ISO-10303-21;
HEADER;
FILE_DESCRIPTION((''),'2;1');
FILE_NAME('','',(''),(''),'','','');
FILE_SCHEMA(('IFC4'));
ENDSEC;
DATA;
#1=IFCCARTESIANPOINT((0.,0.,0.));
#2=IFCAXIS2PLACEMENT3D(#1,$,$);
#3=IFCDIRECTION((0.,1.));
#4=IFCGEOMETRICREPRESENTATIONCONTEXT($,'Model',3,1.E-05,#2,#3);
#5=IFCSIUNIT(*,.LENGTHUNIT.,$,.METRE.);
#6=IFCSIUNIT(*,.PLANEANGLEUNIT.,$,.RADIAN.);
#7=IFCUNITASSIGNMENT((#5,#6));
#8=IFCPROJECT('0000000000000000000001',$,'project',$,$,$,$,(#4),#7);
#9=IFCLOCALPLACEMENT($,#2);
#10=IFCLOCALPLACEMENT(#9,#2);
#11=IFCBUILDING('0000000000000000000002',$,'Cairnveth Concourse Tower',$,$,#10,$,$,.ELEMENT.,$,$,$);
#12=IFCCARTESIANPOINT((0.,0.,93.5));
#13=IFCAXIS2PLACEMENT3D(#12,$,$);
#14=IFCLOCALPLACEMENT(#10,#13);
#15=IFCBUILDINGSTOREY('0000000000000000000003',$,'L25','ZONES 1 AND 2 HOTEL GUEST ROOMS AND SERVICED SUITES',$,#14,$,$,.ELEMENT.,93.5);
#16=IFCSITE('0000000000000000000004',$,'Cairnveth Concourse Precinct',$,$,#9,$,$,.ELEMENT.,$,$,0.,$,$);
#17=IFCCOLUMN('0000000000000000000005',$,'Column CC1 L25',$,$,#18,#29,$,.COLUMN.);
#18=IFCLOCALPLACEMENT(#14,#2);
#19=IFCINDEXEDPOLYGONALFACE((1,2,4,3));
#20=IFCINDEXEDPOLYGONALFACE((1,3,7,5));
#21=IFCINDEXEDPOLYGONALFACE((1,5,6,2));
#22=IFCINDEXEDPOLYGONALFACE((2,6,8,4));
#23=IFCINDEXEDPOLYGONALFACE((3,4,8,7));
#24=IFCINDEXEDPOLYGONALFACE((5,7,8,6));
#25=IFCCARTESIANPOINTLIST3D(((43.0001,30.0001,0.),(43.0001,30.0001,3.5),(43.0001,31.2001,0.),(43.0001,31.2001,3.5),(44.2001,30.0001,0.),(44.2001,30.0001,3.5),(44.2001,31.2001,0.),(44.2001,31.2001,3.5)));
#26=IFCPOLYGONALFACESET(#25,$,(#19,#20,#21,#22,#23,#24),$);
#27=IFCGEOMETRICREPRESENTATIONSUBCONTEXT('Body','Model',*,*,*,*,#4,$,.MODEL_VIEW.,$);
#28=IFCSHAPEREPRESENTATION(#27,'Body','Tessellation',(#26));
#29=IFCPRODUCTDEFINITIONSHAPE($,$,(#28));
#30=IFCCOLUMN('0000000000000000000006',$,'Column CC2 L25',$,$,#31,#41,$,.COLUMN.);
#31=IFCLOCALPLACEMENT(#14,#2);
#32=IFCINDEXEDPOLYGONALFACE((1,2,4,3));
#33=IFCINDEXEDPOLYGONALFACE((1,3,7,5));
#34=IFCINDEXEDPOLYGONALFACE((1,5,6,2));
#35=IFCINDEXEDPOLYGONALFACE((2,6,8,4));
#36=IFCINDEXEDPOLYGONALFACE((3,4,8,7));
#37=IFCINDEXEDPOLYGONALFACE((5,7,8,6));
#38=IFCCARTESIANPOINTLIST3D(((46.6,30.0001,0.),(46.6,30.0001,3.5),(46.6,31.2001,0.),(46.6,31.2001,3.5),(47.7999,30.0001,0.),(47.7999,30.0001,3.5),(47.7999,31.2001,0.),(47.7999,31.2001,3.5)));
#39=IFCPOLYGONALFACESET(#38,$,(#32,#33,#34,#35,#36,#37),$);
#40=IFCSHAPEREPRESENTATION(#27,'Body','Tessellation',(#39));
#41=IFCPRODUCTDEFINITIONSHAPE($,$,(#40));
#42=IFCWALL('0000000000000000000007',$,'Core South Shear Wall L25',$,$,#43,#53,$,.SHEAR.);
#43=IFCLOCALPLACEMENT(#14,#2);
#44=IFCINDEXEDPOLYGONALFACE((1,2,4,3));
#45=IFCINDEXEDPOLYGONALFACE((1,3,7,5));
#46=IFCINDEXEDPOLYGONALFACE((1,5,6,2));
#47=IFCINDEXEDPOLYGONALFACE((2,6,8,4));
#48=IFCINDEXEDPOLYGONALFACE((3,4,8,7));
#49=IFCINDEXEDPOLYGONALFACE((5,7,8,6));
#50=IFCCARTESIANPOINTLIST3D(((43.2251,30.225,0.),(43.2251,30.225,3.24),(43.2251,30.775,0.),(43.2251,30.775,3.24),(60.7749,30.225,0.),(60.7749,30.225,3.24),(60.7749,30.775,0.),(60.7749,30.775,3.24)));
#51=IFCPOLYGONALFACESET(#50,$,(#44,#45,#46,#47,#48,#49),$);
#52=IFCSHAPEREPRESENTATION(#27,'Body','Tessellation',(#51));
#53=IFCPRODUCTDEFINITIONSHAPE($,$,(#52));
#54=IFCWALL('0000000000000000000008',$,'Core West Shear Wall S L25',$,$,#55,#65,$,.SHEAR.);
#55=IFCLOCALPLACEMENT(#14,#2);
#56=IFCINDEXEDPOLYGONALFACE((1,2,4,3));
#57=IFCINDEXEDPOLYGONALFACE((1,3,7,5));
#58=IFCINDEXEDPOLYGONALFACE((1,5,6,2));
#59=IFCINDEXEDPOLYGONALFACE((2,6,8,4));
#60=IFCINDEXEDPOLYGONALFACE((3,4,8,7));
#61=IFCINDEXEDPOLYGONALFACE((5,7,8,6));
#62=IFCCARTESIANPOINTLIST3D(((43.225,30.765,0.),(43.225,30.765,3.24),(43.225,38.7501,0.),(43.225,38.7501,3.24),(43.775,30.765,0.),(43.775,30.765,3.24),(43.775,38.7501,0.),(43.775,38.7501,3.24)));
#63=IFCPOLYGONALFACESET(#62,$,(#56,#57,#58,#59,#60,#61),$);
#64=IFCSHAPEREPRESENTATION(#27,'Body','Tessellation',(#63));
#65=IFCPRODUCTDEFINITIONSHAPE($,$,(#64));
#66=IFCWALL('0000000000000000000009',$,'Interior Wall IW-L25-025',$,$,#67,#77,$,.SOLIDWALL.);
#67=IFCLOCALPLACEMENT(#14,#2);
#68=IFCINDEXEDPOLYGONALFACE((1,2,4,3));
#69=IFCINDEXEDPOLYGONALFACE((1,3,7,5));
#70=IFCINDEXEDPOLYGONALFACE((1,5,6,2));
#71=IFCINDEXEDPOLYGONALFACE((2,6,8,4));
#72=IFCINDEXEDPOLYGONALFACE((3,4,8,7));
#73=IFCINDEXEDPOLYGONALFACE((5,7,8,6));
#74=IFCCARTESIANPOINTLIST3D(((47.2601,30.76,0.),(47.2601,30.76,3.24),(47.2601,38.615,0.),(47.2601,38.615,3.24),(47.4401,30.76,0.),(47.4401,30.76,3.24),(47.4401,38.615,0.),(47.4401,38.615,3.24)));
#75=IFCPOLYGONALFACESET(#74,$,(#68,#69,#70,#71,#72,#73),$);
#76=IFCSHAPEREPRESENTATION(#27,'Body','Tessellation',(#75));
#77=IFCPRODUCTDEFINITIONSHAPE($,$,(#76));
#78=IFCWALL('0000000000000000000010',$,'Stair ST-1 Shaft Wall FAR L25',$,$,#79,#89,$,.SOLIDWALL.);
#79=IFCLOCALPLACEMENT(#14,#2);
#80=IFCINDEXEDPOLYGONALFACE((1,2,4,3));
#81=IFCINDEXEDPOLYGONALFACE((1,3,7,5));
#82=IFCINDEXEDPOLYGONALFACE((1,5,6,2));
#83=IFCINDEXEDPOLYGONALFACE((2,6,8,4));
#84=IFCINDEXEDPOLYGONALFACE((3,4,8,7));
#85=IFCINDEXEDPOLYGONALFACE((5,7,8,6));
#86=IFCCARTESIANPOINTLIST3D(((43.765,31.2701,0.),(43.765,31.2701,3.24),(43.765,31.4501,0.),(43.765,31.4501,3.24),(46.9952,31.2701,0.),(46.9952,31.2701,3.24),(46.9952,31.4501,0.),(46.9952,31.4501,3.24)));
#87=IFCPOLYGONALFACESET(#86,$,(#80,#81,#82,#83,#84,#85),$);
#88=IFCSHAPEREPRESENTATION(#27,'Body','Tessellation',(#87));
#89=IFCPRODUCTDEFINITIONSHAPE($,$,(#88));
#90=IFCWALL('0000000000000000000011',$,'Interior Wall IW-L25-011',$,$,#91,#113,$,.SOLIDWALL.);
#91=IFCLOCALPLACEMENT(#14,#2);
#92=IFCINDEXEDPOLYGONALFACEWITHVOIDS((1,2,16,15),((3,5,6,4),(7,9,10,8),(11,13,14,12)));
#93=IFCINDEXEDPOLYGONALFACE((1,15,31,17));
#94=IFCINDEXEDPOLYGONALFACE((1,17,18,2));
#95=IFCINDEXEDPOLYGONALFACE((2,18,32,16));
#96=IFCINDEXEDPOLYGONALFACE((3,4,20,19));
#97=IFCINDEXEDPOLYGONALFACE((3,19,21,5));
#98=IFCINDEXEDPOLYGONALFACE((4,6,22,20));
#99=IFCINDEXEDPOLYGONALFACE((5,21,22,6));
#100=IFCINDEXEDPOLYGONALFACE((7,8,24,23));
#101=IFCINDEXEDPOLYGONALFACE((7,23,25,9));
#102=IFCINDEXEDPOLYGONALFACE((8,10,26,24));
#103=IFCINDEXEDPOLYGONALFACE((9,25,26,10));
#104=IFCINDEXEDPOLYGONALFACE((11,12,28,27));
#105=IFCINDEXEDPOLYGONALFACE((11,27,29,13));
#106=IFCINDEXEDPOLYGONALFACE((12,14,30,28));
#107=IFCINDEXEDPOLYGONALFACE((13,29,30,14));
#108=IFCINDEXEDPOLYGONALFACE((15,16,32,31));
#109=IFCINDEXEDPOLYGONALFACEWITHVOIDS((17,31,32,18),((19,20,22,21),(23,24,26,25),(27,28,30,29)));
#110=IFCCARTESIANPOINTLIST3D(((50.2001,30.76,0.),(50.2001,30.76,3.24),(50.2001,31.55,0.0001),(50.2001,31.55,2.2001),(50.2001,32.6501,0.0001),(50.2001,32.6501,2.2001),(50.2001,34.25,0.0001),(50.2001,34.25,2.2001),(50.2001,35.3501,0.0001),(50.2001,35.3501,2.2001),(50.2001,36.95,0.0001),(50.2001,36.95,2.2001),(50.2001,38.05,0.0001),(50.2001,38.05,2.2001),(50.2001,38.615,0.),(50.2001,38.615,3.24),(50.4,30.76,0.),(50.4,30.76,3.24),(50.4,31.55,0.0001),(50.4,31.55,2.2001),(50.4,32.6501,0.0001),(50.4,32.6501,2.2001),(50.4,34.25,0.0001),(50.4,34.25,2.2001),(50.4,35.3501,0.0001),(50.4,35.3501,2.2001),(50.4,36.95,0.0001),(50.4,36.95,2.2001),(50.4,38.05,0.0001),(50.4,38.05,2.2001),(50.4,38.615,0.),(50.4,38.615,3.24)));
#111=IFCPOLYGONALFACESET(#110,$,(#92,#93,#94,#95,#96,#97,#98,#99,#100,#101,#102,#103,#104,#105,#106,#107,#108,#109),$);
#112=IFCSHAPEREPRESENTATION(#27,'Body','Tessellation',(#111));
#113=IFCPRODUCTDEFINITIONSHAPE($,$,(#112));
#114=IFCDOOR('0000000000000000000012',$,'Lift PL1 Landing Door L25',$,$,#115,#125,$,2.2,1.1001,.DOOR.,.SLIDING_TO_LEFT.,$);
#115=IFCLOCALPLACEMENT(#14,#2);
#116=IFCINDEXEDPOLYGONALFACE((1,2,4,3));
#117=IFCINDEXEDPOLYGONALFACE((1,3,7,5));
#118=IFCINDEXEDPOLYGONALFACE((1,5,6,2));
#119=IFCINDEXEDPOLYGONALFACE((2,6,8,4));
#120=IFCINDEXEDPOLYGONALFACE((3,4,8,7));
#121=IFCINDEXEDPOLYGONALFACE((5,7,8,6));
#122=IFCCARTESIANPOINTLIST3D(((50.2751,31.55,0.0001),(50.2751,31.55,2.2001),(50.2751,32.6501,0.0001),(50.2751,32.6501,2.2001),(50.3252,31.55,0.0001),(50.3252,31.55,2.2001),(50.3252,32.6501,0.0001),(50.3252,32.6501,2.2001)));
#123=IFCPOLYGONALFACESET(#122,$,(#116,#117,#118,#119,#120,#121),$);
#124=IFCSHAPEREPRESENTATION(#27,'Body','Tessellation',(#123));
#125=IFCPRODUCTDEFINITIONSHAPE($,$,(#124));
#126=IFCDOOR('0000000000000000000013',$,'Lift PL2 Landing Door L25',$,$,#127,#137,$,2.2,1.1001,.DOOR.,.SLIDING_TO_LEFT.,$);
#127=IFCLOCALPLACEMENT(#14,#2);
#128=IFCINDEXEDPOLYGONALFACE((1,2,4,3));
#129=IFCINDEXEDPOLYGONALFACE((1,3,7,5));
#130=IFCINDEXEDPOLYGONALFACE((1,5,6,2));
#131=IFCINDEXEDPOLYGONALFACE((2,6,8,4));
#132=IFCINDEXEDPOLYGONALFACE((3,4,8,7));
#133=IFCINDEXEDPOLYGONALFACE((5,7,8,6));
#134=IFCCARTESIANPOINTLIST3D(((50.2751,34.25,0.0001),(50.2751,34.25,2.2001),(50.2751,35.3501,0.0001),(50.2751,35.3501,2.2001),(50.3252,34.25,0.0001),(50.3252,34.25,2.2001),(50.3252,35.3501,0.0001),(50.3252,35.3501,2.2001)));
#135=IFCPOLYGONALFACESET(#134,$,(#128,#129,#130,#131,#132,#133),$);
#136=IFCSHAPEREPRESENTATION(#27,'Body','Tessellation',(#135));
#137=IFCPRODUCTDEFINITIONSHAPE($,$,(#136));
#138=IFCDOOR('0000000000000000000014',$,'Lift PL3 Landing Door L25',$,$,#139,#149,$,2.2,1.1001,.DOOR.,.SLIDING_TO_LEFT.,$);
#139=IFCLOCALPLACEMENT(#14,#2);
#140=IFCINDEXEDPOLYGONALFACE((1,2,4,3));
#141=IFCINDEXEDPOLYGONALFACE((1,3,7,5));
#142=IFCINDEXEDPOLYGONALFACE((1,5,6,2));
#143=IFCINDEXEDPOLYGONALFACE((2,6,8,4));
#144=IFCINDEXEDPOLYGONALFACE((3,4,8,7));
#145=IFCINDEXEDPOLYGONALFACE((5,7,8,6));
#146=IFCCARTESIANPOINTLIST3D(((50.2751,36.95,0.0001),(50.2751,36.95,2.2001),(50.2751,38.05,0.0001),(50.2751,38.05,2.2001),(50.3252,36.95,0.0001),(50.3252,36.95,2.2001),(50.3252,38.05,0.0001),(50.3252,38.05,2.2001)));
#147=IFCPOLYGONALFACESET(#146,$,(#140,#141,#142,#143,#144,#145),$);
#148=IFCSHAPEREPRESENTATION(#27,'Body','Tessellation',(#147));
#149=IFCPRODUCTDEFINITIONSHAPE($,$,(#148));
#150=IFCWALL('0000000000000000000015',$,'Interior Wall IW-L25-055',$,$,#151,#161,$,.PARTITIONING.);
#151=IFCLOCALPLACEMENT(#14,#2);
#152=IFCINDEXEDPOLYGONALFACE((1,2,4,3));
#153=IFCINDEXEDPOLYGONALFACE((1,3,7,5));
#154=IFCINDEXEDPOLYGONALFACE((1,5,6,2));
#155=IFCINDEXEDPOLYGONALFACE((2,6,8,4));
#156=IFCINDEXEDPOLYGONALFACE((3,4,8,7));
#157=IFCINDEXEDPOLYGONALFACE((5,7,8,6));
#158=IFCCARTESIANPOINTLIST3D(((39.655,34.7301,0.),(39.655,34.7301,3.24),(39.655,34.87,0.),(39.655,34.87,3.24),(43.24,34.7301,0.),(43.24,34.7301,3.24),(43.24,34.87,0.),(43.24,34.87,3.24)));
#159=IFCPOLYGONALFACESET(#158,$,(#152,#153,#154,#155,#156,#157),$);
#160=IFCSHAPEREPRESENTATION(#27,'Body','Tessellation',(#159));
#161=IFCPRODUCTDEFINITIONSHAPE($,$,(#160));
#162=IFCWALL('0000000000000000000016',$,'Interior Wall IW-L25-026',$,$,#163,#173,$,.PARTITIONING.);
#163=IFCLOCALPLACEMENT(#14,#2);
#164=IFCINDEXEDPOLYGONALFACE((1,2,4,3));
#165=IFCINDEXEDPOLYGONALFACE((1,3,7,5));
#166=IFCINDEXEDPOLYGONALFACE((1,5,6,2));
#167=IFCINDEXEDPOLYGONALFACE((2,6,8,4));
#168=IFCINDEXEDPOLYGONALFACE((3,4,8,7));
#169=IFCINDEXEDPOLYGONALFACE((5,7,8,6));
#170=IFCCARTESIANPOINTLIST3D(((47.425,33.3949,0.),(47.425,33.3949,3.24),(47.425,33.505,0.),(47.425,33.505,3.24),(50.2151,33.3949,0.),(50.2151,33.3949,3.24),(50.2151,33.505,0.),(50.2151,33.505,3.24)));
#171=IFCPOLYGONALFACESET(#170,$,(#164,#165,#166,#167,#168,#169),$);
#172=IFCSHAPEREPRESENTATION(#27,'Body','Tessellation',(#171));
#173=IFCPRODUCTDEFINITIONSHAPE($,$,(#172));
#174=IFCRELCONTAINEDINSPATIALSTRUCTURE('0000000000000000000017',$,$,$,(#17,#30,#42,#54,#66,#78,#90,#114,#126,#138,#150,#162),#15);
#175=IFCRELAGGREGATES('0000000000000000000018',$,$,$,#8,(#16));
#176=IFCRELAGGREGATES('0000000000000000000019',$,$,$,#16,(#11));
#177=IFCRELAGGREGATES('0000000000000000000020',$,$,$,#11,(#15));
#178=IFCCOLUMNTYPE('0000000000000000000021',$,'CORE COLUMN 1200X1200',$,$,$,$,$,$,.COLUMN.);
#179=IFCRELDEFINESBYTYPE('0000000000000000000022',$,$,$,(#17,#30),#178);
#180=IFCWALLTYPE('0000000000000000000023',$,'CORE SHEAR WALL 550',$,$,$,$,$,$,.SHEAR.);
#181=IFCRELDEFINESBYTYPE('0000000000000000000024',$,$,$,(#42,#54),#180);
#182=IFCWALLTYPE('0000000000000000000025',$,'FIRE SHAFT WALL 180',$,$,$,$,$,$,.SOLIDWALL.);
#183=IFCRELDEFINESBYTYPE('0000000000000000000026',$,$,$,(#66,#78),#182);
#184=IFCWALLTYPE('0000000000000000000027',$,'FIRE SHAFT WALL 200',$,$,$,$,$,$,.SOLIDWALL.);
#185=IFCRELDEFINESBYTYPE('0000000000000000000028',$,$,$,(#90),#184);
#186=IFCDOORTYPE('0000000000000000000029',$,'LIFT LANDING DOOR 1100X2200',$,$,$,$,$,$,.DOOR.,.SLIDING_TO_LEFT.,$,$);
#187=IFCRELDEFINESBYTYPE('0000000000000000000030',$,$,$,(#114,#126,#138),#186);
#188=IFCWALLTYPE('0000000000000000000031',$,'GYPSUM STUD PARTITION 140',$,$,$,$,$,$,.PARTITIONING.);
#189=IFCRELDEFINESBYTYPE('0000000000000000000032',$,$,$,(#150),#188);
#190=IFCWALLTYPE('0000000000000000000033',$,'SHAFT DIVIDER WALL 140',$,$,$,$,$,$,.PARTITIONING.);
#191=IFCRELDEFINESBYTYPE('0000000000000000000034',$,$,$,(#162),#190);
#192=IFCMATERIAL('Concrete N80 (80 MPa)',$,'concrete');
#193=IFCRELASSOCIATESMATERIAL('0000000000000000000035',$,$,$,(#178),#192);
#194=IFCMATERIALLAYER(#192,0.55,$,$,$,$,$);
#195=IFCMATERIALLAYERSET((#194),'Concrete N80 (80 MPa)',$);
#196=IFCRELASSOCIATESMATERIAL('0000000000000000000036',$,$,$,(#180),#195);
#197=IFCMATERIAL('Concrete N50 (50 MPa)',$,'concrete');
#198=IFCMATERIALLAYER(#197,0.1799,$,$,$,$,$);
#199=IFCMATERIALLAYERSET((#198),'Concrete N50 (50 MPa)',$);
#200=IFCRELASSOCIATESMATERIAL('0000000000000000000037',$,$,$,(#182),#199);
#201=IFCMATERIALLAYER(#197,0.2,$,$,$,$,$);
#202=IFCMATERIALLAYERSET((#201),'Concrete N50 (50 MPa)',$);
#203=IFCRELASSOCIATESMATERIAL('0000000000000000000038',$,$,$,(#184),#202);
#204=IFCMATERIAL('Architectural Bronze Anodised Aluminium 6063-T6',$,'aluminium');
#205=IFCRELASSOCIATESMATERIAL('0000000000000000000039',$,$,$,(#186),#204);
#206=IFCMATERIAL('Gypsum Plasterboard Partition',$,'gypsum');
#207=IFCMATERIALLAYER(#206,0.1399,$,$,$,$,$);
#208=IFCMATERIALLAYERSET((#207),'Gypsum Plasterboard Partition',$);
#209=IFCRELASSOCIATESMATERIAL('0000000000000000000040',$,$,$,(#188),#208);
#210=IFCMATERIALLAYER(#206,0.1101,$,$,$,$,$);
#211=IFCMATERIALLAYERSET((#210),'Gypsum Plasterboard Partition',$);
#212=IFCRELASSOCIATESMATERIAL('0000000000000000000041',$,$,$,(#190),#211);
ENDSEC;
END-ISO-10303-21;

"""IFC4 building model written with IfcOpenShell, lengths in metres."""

from ifc_helpers import new_model, si_unit, direction, frame, frame_2d, origin, origin_2d, place, context, subcontext, project, spatial, rectangle, extrude, material, layer, layer_set, material_profile, profile_set, type_object, element, fill, save


model = new_model("IFC4")

# Units and contexts
model_context = context("Model", 3, precision=1e-05, world=origin(), true_north=direction((0.0, 1.0)))
body_context = subcontext(model_context, "Body", "Model", "MODEL_VIEW")
ifc_project = project(units=[si_unit("LENGTHUNIT", "METRE"), si_unit("PLANEANGLEUNIT", "RADIAN")], contexts=[model_context])

# Site, building, storey
site_placement = place(None, origin())
site = spatial("IfcSite", under=ifc_project, at=site_placement, Name="Cairnveth Concourse Precinct", CompositionType="ELEMENT", RefElevation=0.0)
building_placement = place(site_placement, origin())
building = spatial("IfcBuilding", under=site, at=building_placement, Name="Cairnveth Concourse Tower", CompositionType="ELEMENT")
storey_placement = place(building_placement, frame((0.0, 0.0, 93.5)))
storey = spatial("IfcBuildingStorey", under=building, at=storey_placement, Name="L25", Description="ZONES 1 AND 2 HOTEL GUEST ROOMS AND SERVICED SUITES", CompositionType="ELEMENT", Elevation=93.5)

# Columns
ifc_material_1 = material(Name="Concrete N80 (80 MPa)", Category="concrete")
ifc_material_profile = material_profile(ifc_material_1, rectangle(XDim=1.2, YDim=1.2, at=origin_2d()), Name="RC-COL-1200x1200")
ifc_profile_set = profile_set([ifc_material_profile], Name="Concrete N80 (80 MPa)")
column_type = type_object("IfcColumnType", Name="CORE COLUMN 1200X1200", PredefinedType="COLUMN", material=ifc_profile_set)
for number, where, z_axis, x_axis, name in (
    (1, (43.6001, 30.6001, 0.0), (0.0, 0.0, 1.0), (1.0, 0.0, 0.0), "Column CC1 L25"),
    (2, (47.2, 30.6001, 0.0), (0.0, 0.0, 1.0), (1.0, 0.0, 0.0), "Column CC2 L25"),
):
    element("IfcColumn", number, at=place(storey_placement, frame(where, z_axis=z_axis, x_axis=x_axis)), inside=storey, type_object=column_type, Name=name, PredefinedType="COLUMN", context=body_context, shape_type="SweptSolid", body=[
        extrude(rectangle(XDim=1.2, YDim=1.2, at=origin_2d()), origin(), (0.0, 0.0, 1.0), 3.5),
    ])

# Walls
ifc_layer_1 = layer(ifc_material_1, 0.55)
ifc_layer_set_1 = layer_set([ifc_layer_1], Name="Concrete N80 (80 MPa)")
wall_type_1 = type_object("IfcWallType", Name="CORE SHEAR WALL 550", PredefinedType="SHEAR", material=ifc_layer_set_1)
wall_1_placement = place(storey_placement, frame((43.2251, 30.5, 0.0), z_axis=(0.0, 0.0, 1.0), x_axis=(1.0, 0.0, 0.0)))
element("IfcWall", 3, at=wall_1_placement, inside=storey, type_object=wall_type_1, Name="Core South Shear Wall L25", PredefinedType="SHEAR", context=body_context, shape_type="SweptSolid", body=[
    extrude(rectangle(XDim=17.5498, YDim=0.55, at=frame_2d((8.7749, 0.0))), origin(), (0.0, 0.0, 1.0), 3.24),
])
wall_2_placement = place(storey_placement, frame((43.5, 30.7649, 0.0), z_axis=(0.0, 0.0, 1.0), x_axis=(0.0, 1.0, 0.0)))
element("IfcWall", 4, at=wall_2_placement, inside=storey, type_object=wall_type_1, Name="Core West Shear Wall S L25", PredefinedType="SHEAR", context=body_context, shape_type="SweptSolid", body=[
    extrude(rectangle(XDim=7.9851, YDim=0.55, at=frame_2d((3.9927, 0.0))), origin(), (0.0, 0.0, 1.0), 3.24),
])
ifc_material_2 = material(Name="Concrete N50 (50 MPa)", Category="concrete")
ifc_layer_2 = layer(ifc_material_2, 0.1799)
ifc_layer_set_2 = layer_set([ifc_layer_2], Name="Concrete N50 (50 MPa)")
wall_type_2 = type_object("IfcWallType", Name="FIRE SHAFT WALL 180", PredefinedType="SOLIDWALL", material=ifc_layer_set_2)
wall_3_placement = place(storey_placement, frame((47.3501, 30.76, 0.0), z_axis=(0.0, 0.0, 1.0), x_axis=(0.0, 1.0, 0.0)))
element("IfcWall", 5, at=wall_3_placement, inside=storey, type_object=wall_type_2, Name="Interior Wall IW-L25-025", PredefinedType="SOLIDWALL", context=body_context, shape_type="SweptSolid", body=[
    extrude(rectangle(XDim=7.855, YDim=0.1799, at=frame_2d((3.9275, 0.0))), origin(), (0.0, 0.0, 1.0), 3.24),
])
wall_4_placement = place(storey_placement, frame((43.7649, 31.3601, 0.0), z_axis=(0.0, 0.0, 1.0), x_axis=(1.0, 0.0, 0.0)))
element("IfcWall", 6, at=wall_4_placement, inside=storey, type_object=wall_type_2, Name="Stair ST-1 Shaft Wall FAR L25", PredefinedType="SOLIDWALL", context=body_context, shape_type="SweptSolid", body=[
    extrude(rectangle(XDim=3.2302, YDim=0.1799, at=frame_2d((1.6152, 0.0))), origin(), (0.0, 0.0, 1.0), 3.24),
])

# Wall, openings, doors
ifc_layer_3 = layer(ifc_material_2, 0.2)
ifc_layer_set_3 = layer_set([ifc_layer_3], Name="Concrete N50 (50 MPa)")
wall_type_3 = type_object("IfcWallType", Name="FIRE SHAFT WALL 200", PredefinedType="SOLIDWALL", material=ifc_layer_set_3)
wall_5_placement = place(storey_placement, frame((50.3, 30.76, 0.0), z_axis=(0.0, 0.0, 1.0), x_axis=(0.0, 1.0, 0.0)))
wall_5 = element("IfcWall", 7, at=wall_5_placement, inside=storey, type_object=wall_type_3, Name="Interior Wall IW-L25-011", PredefinedType="SOLIDWALL", context=body_context, shape_type="SweptSolid", body=[
    extrude(rectangle(XDim=7.855, YDim=0.2, at=frame_2d((3.9275, 0.0))), origin(), (0.0, 0.0, 1.0), 3.24),
])
opening_1_placement = place(wall_5_placement, frame((0.79, 0.0, 0.0)))
opening_1 = element("IfcOpeningElement", 8, at=opening_1_placement, cuts=wall_5, PredefinedType="OPENING", context=body_context, shape_type="SweptSolid", body=[
    extrude(rectangle(XDim=1.1001, YDim=2.2, at=frame_2d((0.55, 1.1001))), frame((0.0, 0.1099, 0.0), z_axis=(0.0, -1.0, 0.0), x_axis=(1.0, 0.0, 0.0)), (0.0, 0.0, 1.0), 0.22),
])
opening_2_placement = place(wall_5_placement, frame((3.49, 0.0, 0.0)))
opening_2 = element("IfcOpeningElement", 9, at=opening_2_placement, cuts=wall_5, PredefinedType="OPENING", context=body_context, shape_type="SweptSolid", body=[
    extrude(rectangle(XDim=1.1001, YDim=2.2, at=frame_2d((0.55, 1.1001))), frame((0.0, 0.1099, 0.0), z_axis=(0.0, -1.0, 0.0), x_axis=(1.0, 0.0, 0.0)), (0.0, 0.0, 1.0), 0.22),
])
opening_3_placement = place(wall_5_placement, frame((6.1899, 0.0, 0.0)))
opening_3 = element("IfcOpeningElement", 10, at=opening_3_placement, cuts=wall_5, PredefinedType="OPENING", context=body_context, shape_type="SweptSolid", body=[
    extrude(rectangle(XDim=1.1001, YDim=2.2, at=frame_2d((0.55, 1.1001))), frame((0.0, 0.1099, 0.0), z_axis=(0.0, -1.0, 0.0), x_axis=(1.0, 0.0, 0.0)), (0.0, 0.0, 1.0), 0.22),
])
ifc_material_3 = material(Name="Architectural Bronze Anodised Aluminium 6063-T6", Category="aluminium")
door_type = type_object("IfcDoorType", Name="LIFT LANDING DOOR 1100X2200", OperationType="SLIDING_TO_LEFT", PredefinedType="DOOR", material=ifc_material_3)
door_1_placement = place(opening_1_placement, origin())
door_1 = element("IfcDoor", 11, at=door_1_placement, inside=storey, type_object=door_type, Name="Lift PL1 Landing Door L25", OperationType="SLIDING_TO_LEFT", OverallHeight=2.2, OverallWidth=1.1001, PredefinedType="DOOR", context=body_context, shape_type="SweptSolid", body=[
    extrude(rectangle(XDim=1.1001, YDim=2.2, at=frame_2d((0.55, 1.1001))), frame((0.0, 0.0249, 0.0), z_axis=(0.0, -1.0, 0.0), x_axis=(1.0, 0.0, 0.0)), (0.0, 0.0, 1.0), 0.05),
])
fill(opening_1, door_1)
door_2_placement = place(opening_2_placement, origin())
door_2 = element("IfcDoor", 12, at=door_2_placement, inside=storey, type_object=door_type, Name="Lift PL2 Landing Door L25", OperationType="SLIDING_TO_LEFT", OverallHeight=2.2, OverallWidth=1.1001, PredefinedType="DOOR", context=body_context, shape_type="SweptSolid", body=[
    extrude(rectangle(XDim=1.1001, YDim=2.2, at=frame_2d((0.55, 1.1001))), frame((0.0, 0.0249, 0.0), z_axis=(0.0, -1.0, 0.0), x_axis=(1.0, 0.0, 0.0)), (0.0, 0.0, 1.0), 0.05),
])
fill(opening_2, door_2)
door_3_placement = place(opening_3_placement, origin())
door_3 = element("IfcDoor", 13, at=door_3_placement, inside=storey, type_object=door_type, Name="Lift PL3 Landing Door L25", OperationType="SLIDING_TO_LEFT", OverallHeight=2.2, OverallWidth=1.1001, PredefinedType="DOOR", context=body_context, shape_type="SweptSolid", body=[
    extrude(rectangle(XDim=1.1001, YDim=2.2, at=frame_2d((0.55, 1.1001))), frame((0.0, 0.0249, 0.0), z_axis=(0.0, -1.0, 0.0), x_axis=(1.0, 0.0, 0.0)), (0.0, 0.0, 1.0), 0.05),
])
fill(opening_3, door_3)

# Walls
ifc_material_4 = material(Name="Gypsum Plasterboard Partition", Category="gypsum")
ifc_layer_4 = layer(ifc_material_4, 0.1399)
ifc_layer_set_4 = layer_set([ifc_layer_4], Name="Gypsum Plasterboard Partition")
wall_type_4 = type_object("IfcWallType", Name="GYPSUM STUD PARTITION 140", PredefinedType="PARTITIONING", material=ifc_layer_set_4)
wall_6_placement = place(storey_placement, frame((39.655, 34.8, 0.0), z_axis=(0.0, 0.0, 1.0), x_axis=(1.0, 0.0, 0.0)))
element("IfcWall", 14, at=wall_6_placement, inside=storey, type_object=wall_type_4, Name="Interior Wall IW-L25-055", PredefinedType="PARTITIONING", context=body_context, shape_type="SweptSolid", body=[
    extrude(rectangle(XDim=3.585, YDim=0.1399, at=frame_2d((1.7925, 0.0))), origin(), (0.0, 0.0, 1.0), 3.24),
])
ifc_layer_5 = layer(ifc_material_4, 0.1101)
ifc_layer_set_5 = layer_set([ifc_layer_5], Name="Gypsum Plasterboard Partition")
wall_type_5 = type_object("IfcWallType", Name="SHAFT DIVIDER WALL 140", PredefinedType="PARTITIONING", material=ifc_layer_set_5)
for number, where, z_axis, x_axis, name in (
    (15, (47.425, 33.45, 0.0), (0.0, 0.0, 1.0), (1.0, 0.0, 0.0), "Interior Wall IW-L25-026"),
):
    element("IfcWall", number, at=place(storey_placement, frame(where, z_axis=z_axis, x_axis=x_axis)), inside=storey, type_object=wall_type_5, Name=name, PredefinedType="PARTITIONING", context=body_context, shape_type="SweptSolid", body=[
        extrude(rectangle(XDim=2.79, YDim=0.1101, at=frame_2d((1.395, 0.0))), origin(), (0.0, 0.0, 1.0), 3.24),
    ])

save(model, "model.ifc")
